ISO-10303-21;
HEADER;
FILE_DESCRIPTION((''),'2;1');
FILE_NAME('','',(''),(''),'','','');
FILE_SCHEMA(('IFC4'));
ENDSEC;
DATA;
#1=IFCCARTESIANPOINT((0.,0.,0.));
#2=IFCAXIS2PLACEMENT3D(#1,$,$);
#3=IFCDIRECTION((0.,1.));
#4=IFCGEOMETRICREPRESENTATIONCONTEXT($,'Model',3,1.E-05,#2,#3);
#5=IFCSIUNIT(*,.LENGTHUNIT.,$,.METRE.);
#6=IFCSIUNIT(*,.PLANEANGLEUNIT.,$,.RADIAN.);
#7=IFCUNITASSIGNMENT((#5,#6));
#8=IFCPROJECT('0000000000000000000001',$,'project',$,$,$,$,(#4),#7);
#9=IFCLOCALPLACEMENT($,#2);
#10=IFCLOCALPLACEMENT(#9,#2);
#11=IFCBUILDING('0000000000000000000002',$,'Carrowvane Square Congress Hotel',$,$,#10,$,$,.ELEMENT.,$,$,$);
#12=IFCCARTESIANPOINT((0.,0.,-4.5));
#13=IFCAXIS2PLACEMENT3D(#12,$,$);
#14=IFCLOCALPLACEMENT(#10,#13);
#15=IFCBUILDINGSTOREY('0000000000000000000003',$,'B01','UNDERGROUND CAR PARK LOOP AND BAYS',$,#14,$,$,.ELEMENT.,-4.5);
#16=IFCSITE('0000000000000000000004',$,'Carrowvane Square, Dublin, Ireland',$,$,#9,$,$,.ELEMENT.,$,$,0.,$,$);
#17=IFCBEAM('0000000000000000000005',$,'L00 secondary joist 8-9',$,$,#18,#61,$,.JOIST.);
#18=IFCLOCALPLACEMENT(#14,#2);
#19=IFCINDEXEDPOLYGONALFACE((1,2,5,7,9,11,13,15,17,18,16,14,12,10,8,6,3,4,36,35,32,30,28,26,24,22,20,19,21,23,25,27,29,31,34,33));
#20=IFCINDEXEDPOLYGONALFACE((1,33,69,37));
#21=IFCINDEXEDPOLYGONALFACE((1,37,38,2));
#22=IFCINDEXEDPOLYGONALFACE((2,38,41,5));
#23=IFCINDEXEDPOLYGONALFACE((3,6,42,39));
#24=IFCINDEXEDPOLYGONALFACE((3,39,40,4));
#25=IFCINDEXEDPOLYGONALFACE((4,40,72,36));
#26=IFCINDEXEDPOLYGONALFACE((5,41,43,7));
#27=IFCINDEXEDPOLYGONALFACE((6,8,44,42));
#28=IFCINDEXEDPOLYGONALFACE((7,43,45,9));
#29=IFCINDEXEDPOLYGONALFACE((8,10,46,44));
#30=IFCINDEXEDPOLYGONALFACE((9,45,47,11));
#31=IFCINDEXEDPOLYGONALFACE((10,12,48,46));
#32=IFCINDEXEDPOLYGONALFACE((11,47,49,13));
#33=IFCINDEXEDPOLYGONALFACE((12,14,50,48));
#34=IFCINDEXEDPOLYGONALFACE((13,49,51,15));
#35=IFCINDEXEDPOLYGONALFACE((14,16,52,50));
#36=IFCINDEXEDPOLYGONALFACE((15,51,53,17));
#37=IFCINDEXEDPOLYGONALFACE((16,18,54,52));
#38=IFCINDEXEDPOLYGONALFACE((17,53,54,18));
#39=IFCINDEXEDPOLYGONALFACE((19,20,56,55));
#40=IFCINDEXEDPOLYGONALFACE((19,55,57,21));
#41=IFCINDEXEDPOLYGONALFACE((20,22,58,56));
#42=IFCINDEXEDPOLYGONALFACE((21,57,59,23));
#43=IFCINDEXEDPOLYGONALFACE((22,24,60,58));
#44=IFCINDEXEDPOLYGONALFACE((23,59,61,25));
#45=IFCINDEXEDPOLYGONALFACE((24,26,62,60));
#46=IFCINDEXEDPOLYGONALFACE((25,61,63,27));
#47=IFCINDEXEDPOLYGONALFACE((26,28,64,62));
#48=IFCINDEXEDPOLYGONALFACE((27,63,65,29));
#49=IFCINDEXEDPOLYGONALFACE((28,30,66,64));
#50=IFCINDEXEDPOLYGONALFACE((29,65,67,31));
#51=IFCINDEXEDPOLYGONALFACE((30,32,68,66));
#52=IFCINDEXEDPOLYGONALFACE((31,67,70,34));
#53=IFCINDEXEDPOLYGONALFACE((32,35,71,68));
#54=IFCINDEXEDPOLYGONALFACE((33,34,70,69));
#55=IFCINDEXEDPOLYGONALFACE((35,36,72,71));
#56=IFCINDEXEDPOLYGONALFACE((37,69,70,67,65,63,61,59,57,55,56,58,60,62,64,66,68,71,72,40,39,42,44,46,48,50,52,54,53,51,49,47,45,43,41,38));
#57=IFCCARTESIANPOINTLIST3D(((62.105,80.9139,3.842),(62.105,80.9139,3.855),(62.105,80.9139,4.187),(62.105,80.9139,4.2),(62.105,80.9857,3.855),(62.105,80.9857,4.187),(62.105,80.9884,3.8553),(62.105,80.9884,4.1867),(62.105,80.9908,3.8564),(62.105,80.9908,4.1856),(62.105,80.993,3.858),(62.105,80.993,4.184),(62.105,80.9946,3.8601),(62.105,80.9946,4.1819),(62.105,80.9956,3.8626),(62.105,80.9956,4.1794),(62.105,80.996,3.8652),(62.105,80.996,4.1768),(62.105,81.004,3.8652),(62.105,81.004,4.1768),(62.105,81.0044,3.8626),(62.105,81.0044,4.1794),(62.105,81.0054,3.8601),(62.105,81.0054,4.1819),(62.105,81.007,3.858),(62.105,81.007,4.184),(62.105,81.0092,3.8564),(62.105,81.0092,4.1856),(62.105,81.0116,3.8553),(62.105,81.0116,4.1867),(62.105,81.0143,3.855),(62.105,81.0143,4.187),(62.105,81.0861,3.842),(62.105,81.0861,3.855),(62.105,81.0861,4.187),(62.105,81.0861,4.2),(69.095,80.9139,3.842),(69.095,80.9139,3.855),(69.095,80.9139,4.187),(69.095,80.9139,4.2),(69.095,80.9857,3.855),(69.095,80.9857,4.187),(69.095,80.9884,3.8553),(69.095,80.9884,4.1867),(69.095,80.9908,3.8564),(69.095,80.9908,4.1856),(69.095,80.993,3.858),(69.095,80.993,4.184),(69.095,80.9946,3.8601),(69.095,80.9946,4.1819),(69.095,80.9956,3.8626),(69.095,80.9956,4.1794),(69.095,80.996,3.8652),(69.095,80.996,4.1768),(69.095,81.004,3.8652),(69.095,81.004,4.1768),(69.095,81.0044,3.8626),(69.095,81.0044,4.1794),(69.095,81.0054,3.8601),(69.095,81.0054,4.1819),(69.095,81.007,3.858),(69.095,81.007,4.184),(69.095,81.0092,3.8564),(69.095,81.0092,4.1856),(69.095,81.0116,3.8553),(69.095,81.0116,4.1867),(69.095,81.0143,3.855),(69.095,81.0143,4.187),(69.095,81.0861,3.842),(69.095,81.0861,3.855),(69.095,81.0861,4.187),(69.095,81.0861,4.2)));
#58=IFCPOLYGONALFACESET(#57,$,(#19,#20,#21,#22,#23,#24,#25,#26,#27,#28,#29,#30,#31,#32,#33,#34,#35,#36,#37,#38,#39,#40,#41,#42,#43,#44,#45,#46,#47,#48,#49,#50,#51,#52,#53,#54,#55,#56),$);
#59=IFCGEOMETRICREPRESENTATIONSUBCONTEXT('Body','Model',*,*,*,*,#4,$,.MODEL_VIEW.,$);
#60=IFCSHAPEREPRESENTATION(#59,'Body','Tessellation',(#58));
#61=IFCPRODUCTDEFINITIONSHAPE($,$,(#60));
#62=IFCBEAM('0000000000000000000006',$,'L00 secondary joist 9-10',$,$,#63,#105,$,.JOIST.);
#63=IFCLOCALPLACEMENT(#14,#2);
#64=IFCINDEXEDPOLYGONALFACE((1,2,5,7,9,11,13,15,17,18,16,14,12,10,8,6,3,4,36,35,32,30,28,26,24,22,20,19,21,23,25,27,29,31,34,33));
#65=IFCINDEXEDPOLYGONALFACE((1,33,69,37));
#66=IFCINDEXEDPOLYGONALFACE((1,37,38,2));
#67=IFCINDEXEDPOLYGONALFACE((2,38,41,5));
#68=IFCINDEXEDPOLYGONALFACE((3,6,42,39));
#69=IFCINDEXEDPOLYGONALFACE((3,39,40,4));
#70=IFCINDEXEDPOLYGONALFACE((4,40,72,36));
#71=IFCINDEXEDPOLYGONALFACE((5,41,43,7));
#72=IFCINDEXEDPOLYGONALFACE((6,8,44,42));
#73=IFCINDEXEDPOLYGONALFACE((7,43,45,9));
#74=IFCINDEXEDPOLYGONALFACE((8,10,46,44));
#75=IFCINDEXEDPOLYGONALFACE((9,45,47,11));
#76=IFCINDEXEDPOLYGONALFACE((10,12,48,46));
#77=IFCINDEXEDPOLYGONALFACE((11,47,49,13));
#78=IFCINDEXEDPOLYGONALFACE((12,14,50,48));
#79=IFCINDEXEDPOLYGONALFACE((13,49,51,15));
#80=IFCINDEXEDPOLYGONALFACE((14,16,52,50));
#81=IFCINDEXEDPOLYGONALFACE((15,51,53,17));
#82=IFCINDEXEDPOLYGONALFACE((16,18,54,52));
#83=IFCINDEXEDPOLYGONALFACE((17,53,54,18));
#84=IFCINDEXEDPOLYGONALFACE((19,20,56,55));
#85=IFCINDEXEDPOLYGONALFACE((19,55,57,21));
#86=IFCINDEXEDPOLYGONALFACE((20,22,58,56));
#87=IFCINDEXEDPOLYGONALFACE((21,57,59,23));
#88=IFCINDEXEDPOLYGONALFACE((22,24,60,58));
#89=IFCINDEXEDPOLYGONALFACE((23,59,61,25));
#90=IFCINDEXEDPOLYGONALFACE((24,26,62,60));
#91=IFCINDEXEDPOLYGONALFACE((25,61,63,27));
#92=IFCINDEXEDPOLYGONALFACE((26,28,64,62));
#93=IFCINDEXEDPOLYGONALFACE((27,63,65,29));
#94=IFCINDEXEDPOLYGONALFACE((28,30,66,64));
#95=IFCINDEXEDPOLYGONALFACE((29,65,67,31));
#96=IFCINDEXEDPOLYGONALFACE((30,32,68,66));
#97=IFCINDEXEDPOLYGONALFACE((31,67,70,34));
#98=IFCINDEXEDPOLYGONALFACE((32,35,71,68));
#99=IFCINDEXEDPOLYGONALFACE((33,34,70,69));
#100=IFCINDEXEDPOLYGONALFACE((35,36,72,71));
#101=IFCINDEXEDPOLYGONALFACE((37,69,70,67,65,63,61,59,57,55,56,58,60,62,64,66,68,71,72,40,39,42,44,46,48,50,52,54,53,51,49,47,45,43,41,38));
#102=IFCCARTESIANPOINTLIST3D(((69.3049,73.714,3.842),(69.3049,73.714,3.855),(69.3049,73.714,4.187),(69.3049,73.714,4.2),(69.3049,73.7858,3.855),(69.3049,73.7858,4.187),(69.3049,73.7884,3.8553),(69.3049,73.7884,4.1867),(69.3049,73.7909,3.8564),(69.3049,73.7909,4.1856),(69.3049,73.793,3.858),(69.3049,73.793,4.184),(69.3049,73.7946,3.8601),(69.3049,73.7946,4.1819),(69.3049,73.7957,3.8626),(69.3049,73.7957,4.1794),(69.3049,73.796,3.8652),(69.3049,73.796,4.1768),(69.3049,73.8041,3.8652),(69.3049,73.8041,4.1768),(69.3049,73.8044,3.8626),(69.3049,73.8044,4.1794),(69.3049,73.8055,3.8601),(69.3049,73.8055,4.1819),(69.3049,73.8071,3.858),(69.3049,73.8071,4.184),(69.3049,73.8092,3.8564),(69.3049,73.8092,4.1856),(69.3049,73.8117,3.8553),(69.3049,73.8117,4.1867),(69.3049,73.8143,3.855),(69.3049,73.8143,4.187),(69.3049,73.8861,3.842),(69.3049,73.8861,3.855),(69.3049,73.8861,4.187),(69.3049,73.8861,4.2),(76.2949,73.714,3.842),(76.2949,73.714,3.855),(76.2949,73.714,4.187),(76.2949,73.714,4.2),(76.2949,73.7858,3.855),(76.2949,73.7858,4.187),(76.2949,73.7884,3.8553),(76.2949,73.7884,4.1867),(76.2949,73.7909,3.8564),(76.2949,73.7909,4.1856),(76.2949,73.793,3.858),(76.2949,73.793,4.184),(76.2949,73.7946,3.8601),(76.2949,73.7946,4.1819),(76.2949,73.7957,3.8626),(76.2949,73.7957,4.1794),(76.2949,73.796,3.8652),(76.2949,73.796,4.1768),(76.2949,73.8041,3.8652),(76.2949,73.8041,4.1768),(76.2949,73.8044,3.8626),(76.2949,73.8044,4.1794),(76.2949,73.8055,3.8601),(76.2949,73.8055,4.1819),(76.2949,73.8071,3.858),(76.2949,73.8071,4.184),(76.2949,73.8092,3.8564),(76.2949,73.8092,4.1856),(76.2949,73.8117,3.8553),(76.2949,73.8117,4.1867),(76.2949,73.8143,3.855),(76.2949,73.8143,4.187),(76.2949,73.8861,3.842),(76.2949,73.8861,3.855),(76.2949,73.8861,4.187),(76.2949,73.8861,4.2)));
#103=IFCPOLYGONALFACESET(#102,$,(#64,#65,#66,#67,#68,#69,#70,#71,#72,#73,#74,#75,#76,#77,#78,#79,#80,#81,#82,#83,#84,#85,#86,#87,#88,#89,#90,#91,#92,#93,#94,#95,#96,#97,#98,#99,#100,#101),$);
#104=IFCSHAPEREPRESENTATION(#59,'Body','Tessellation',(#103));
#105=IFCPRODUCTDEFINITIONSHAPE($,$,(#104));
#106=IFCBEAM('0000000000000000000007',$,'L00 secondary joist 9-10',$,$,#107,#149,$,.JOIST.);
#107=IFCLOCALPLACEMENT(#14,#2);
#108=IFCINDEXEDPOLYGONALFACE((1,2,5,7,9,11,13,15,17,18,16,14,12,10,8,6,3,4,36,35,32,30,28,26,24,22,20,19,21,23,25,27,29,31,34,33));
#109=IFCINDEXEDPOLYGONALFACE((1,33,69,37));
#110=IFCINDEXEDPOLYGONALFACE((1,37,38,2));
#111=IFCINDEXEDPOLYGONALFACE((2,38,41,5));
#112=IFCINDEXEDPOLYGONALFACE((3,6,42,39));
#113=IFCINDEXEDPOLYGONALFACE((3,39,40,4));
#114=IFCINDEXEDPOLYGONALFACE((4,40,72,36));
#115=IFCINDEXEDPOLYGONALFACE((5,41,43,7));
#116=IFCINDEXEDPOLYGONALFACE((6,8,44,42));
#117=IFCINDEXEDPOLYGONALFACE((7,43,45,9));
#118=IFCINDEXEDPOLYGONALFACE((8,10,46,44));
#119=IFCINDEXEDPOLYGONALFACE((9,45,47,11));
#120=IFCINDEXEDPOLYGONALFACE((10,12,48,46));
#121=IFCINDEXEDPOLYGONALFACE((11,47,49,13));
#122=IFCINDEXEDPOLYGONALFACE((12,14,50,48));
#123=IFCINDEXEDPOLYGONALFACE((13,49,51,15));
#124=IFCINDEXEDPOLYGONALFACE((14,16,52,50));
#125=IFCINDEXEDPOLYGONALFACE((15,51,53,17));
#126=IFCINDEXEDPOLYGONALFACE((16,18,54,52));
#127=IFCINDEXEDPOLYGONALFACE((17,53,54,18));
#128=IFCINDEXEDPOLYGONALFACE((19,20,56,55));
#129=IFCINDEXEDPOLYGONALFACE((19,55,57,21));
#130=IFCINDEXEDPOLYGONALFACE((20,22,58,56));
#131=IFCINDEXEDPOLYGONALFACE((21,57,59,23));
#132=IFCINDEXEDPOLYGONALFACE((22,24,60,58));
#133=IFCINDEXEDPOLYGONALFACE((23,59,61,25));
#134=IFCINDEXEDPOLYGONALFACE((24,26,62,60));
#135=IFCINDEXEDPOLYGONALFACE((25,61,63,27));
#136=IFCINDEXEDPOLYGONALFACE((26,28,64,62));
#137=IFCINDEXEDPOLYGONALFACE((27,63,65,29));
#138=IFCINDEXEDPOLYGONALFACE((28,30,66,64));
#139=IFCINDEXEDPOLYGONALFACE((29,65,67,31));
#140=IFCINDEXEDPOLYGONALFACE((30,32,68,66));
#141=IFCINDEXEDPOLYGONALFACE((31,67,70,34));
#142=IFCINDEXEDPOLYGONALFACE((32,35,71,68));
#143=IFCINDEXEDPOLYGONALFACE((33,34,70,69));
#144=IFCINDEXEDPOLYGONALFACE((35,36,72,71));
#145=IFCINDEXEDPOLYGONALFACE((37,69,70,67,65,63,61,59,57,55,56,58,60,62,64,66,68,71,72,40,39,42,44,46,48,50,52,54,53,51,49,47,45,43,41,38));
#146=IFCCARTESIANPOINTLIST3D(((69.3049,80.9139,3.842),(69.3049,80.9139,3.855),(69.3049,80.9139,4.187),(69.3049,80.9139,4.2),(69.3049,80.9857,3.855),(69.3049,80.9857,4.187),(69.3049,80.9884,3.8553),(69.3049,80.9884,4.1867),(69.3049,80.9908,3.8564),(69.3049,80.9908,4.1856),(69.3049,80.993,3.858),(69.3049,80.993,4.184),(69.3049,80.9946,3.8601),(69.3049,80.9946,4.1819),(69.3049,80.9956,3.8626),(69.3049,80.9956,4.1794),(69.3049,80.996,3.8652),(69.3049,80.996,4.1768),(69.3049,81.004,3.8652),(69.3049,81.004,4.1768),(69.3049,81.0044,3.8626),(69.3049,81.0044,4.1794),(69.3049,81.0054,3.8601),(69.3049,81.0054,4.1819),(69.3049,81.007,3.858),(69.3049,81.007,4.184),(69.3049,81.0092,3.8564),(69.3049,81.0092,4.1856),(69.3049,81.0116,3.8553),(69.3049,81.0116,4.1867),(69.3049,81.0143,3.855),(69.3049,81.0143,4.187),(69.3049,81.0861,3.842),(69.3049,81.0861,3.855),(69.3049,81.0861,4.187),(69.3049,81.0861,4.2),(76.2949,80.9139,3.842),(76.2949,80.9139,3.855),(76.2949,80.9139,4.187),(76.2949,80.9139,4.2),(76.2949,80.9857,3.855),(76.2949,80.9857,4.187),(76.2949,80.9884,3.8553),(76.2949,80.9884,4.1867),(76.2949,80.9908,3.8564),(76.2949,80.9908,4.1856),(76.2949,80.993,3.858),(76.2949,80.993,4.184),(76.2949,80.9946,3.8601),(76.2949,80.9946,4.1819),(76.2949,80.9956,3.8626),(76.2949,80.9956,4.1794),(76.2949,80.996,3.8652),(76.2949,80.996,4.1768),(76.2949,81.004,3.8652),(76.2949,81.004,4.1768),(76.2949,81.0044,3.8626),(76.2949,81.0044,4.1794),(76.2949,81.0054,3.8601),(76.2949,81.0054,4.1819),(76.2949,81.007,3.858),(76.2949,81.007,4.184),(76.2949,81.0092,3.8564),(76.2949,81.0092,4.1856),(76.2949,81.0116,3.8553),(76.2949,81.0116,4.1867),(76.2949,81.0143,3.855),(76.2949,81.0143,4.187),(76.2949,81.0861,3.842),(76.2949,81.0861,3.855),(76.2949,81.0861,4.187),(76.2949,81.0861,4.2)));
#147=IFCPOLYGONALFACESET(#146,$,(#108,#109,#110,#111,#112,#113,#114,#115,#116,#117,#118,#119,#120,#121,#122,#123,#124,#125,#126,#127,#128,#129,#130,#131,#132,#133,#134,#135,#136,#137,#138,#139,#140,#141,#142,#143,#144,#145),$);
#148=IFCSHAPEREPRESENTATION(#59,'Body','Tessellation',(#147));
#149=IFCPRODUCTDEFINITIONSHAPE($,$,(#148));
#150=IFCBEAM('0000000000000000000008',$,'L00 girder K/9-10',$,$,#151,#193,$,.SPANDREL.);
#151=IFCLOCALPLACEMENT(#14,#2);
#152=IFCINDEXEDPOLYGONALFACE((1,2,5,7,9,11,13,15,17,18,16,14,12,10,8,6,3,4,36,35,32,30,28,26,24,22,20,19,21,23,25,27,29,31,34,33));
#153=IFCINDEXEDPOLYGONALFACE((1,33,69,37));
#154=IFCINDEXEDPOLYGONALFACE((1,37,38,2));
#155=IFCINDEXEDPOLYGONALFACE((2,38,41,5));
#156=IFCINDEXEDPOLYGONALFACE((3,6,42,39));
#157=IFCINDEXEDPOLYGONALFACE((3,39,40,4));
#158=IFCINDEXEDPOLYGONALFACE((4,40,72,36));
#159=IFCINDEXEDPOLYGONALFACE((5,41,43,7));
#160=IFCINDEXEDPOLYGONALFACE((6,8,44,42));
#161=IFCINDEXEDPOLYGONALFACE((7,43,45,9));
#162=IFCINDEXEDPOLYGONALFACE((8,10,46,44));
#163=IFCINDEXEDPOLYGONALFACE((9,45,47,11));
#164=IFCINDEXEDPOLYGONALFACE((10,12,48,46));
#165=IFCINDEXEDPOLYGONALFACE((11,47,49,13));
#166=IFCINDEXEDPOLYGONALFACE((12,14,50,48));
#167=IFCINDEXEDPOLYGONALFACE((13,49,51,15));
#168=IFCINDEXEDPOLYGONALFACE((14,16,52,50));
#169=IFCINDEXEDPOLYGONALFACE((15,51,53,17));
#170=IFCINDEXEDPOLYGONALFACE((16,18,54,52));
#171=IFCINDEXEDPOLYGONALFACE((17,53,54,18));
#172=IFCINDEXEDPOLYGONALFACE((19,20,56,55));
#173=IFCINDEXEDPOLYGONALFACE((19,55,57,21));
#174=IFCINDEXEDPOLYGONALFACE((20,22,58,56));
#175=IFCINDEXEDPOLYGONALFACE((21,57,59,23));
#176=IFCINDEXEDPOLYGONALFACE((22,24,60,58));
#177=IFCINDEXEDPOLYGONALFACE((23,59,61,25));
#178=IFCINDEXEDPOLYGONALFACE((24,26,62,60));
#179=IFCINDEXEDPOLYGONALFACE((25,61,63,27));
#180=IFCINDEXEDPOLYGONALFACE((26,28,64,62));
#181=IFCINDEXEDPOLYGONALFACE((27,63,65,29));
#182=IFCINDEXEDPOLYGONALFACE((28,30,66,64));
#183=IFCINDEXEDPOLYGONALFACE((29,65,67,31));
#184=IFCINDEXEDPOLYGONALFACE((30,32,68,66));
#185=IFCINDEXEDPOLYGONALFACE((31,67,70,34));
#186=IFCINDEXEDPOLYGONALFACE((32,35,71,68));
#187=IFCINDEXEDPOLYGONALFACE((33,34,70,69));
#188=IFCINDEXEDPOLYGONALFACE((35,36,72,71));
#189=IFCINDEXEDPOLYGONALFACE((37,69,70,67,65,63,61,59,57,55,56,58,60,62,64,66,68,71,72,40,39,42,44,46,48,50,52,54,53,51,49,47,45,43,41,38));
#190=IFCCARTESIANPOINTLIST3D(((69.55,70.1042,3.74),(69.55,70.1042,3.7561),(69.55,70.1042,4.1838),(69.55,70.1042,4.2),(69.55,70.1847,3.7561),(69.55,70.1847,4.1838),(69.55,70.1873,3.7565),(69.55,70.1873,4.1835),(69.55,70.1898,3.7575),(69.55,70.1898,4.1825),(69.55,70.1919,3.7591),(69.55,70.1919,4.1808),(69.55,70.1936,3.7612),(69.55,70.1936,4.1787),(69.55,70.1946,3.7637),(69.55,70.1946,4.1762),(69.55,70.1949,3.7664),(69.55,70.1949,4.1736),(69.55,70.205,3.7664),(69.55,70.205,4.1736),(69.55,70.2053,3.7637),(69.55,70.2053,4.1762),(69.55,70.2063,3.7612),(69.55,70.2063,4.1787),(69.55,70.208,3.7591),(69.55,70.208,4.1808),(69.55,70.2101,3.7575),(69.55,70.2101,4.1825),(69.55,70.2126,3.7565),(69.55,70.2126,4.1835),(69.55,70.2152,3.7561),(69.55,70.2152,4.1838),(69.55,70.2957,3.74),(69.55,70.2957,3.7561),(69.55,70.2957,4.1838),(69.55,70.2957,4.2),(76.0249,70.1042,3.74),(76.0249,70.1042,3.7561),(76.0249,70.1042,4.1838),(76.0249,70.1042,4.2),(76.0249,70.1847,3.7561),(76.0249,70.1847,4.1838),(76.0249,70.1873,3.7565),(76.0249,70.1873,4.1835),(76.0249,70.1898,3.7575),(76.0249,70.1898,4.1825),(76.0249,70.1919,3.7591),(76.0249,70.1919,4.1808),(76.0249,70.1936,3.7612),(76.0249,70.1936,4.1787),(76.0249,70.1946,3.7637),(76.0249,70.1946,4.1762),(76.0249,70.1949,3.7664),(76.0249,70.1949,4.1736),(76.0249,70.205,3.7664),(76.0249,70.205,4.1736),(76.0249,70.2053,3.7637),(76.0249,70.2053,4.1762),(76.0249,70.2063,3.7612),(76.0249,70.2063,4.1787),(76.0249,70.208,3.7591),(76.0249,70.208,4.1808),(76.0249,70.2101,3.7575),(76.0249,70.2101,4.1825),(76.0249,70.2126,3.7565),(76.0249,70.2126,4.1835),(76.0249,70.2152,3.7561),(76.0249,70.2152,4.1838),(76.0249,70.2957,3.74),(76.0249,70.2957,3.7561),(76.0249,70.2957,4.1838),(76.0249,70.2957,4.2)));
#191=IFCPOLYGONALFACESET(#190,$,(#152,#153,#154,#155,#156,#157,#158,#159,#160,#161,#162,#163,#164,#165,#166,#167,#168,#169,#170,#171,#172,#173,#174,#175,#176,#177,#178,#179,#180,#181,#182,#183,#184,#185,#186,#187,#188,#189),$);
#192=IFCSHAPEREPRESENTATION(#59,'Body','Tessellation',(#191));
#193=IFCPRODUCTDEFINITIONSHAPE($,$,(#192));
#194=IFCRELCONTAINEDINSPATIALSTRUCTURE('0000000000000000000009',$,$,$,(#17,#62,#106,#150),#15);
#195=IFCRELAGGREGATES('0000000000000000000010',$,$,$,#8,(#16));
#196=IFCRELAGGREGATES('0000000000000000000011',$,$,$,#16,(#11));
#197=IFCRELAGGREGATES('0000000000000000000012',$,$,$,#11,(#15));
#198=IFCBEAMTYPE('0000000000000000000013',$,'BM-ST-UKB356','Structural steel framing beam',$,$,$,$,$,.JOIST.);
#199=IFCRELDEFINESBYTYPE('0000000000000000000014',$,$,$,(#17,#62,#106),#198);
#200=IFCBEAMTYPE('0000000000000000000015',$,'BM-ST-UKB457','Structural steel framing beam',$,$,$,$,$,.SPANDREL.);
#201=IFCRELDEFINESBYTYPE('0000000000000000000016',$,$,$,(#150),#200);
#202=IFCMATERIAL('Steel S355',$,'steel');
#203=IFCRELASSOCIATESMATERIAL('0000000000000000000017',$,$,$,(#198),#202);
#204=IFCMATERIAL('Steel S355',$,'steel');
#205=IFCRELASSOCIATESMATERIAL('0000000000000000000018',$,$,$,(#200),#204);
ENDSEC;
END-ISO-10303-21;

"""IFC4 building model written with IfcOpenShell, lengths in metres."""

from ifc_helpers import new_model, si_unit, direction, frame, origin, origin_2d, place, context, subcontext, project, spatial, i_section, extrude, material, material_profile, profile_set, type_object, element, save


model = new_model("IFC4")

# Units and contexts
model_context = context("Model", 3, precision=1e-05, world=origin(), true_north=direction((0.0, 1.0)))
body_context = subcontext(model_context, "Body", "Model", "MODEL_VIEW")
ifc_project = project(units=[si_unit("LENGTHUNIT", "METRE"), si_unit("PLANEANGLEUNIT", "RADIAN")], contexts=[model_context])

# Site, building, storey
site_placement = place(None, origin())
site = spatial("IfcSite", under=ifc_project, at=site_placement, Name="Carrowvane Square, Dublin, Ireland", CompositionType="ELEMENT", RefElevation=0.0)
building_placement = place(site_placement, origin())
building = spatial("IfcBuilding", under=site, at=building_placement, Name="Carrowvane Square Congress Hotel", CompositionType="ELEMENT")
storey_placement = place(building_placement, frame((0.0, 0.0, -4.5)))
storey = spatial("IfcBuildingStorey", under=building, at=storey_placement, Name="B01", Description="UNDERGROUND CAR PARK LOOP AND BAYS", CompositionType="ELEMENT", Elevation=-4.5)

# Beams
ifc_material_1 = material(Name="Steel S355", Category="steel")
ifc_material_profile_1 = material_profile(ifc_material_1, i_section(OverallWidth=0.1721, OverallDepth=0.3579, WebThickness=0.0081, FlangeThickness=0.0129, FilletRadius=0.0103, at=origin_2d()), Name="UKB 356x171x57")
ifc_profile_set_1 = profile_set([ifc_material_profile_1], Name="Steel S355")
beam_type_1 = type_object("IfcBeamType", Name="BM-ST-UKB356", Description="Structural steel framing beam", PredefinedType="JOIST", material=ifc_profile_set_1)
for number, where, z_axis, x_axis, name in (
    (1, (62.105, 81.0, 4.021), (1.0, 0.0, 0.0), (0.0, 1.0, 0.0), "L00 secondary joist 8-9"),
    (2, (69.3049, 73.8, 4.021), (1.0, 0.0, 0.0), (0.0, 1.0, 0.0), "L00 secondary joist 9-10"),
    (3, (69.3049, 81.0, 4.021), (1.0, 0.0, 0.0), (0.0, 1.0, 0.0), "L00 secondary joist 9-10"),
):
    element("IfcBeam", number, at=place(storey_placement, frame(where, z_axis=z_axis, x_axis=x_axis)), inside=storey, type_object=beam_type_1, Name=name, PredefinedType="JOIST", context=body_context, shape_type="SweptSolid", body=[
        extrude(i_section(OverallWidth=0.1721, OverallDepth=0.3579, WebThickness=0.0081, FlangeThickness=0.0129, FilletRadius=0.0103, at=origin_2d()), origin(), (0.0, 0.0, 1.0), 6.99),
    ])
ifc_material_2 = material(Name="Steel S355", Category="steel")
ifc_material_profile_2 = material_profile(ifc_material_2, i_section(OverallWidth=0.1914, OverallDepth=0.46, WebThickness=0.01, FlangeThickness=0.0161, FilletRadius=0.0103, at=origin_2d()), Name="UKB 457x191x82")
ifc_profile_set_2 = profile_set([ifc_material_profile_2], Name="Steel S355")
beam_type_2 = type_object("IfcBeamType", Name="BM-ST-UKB457", Description="Structural steel framing beam", PredefinedType="SPANDREL", material=ifc_profile_set_2)
beam_1_placement = place(storey_placement, frame((69.55, 70.2, 3.97), z_axis=(1.0, 0.0, 0.0), x_axis=(0.0, 1.0, 0.0)))
element("IfcBeam", 4, at=beam_1_placement, inside=storey, type_object=beam_type_2, Name="L00 girder K/9-10", PredefinedType="SPANDREL", context=body_context, shape_type="SweptSolid", body=[
    extrude(i_section(OverallWidth=0.1914, OverallDepth=0.46, WebThickness=0.01, FlangeThickness=0.0161, FilletRadius=0.0103, at=origin_2d()), origin(), (0.0, 0.0, 1.0), 6.4749),
])

save(model, "model.ifc")
